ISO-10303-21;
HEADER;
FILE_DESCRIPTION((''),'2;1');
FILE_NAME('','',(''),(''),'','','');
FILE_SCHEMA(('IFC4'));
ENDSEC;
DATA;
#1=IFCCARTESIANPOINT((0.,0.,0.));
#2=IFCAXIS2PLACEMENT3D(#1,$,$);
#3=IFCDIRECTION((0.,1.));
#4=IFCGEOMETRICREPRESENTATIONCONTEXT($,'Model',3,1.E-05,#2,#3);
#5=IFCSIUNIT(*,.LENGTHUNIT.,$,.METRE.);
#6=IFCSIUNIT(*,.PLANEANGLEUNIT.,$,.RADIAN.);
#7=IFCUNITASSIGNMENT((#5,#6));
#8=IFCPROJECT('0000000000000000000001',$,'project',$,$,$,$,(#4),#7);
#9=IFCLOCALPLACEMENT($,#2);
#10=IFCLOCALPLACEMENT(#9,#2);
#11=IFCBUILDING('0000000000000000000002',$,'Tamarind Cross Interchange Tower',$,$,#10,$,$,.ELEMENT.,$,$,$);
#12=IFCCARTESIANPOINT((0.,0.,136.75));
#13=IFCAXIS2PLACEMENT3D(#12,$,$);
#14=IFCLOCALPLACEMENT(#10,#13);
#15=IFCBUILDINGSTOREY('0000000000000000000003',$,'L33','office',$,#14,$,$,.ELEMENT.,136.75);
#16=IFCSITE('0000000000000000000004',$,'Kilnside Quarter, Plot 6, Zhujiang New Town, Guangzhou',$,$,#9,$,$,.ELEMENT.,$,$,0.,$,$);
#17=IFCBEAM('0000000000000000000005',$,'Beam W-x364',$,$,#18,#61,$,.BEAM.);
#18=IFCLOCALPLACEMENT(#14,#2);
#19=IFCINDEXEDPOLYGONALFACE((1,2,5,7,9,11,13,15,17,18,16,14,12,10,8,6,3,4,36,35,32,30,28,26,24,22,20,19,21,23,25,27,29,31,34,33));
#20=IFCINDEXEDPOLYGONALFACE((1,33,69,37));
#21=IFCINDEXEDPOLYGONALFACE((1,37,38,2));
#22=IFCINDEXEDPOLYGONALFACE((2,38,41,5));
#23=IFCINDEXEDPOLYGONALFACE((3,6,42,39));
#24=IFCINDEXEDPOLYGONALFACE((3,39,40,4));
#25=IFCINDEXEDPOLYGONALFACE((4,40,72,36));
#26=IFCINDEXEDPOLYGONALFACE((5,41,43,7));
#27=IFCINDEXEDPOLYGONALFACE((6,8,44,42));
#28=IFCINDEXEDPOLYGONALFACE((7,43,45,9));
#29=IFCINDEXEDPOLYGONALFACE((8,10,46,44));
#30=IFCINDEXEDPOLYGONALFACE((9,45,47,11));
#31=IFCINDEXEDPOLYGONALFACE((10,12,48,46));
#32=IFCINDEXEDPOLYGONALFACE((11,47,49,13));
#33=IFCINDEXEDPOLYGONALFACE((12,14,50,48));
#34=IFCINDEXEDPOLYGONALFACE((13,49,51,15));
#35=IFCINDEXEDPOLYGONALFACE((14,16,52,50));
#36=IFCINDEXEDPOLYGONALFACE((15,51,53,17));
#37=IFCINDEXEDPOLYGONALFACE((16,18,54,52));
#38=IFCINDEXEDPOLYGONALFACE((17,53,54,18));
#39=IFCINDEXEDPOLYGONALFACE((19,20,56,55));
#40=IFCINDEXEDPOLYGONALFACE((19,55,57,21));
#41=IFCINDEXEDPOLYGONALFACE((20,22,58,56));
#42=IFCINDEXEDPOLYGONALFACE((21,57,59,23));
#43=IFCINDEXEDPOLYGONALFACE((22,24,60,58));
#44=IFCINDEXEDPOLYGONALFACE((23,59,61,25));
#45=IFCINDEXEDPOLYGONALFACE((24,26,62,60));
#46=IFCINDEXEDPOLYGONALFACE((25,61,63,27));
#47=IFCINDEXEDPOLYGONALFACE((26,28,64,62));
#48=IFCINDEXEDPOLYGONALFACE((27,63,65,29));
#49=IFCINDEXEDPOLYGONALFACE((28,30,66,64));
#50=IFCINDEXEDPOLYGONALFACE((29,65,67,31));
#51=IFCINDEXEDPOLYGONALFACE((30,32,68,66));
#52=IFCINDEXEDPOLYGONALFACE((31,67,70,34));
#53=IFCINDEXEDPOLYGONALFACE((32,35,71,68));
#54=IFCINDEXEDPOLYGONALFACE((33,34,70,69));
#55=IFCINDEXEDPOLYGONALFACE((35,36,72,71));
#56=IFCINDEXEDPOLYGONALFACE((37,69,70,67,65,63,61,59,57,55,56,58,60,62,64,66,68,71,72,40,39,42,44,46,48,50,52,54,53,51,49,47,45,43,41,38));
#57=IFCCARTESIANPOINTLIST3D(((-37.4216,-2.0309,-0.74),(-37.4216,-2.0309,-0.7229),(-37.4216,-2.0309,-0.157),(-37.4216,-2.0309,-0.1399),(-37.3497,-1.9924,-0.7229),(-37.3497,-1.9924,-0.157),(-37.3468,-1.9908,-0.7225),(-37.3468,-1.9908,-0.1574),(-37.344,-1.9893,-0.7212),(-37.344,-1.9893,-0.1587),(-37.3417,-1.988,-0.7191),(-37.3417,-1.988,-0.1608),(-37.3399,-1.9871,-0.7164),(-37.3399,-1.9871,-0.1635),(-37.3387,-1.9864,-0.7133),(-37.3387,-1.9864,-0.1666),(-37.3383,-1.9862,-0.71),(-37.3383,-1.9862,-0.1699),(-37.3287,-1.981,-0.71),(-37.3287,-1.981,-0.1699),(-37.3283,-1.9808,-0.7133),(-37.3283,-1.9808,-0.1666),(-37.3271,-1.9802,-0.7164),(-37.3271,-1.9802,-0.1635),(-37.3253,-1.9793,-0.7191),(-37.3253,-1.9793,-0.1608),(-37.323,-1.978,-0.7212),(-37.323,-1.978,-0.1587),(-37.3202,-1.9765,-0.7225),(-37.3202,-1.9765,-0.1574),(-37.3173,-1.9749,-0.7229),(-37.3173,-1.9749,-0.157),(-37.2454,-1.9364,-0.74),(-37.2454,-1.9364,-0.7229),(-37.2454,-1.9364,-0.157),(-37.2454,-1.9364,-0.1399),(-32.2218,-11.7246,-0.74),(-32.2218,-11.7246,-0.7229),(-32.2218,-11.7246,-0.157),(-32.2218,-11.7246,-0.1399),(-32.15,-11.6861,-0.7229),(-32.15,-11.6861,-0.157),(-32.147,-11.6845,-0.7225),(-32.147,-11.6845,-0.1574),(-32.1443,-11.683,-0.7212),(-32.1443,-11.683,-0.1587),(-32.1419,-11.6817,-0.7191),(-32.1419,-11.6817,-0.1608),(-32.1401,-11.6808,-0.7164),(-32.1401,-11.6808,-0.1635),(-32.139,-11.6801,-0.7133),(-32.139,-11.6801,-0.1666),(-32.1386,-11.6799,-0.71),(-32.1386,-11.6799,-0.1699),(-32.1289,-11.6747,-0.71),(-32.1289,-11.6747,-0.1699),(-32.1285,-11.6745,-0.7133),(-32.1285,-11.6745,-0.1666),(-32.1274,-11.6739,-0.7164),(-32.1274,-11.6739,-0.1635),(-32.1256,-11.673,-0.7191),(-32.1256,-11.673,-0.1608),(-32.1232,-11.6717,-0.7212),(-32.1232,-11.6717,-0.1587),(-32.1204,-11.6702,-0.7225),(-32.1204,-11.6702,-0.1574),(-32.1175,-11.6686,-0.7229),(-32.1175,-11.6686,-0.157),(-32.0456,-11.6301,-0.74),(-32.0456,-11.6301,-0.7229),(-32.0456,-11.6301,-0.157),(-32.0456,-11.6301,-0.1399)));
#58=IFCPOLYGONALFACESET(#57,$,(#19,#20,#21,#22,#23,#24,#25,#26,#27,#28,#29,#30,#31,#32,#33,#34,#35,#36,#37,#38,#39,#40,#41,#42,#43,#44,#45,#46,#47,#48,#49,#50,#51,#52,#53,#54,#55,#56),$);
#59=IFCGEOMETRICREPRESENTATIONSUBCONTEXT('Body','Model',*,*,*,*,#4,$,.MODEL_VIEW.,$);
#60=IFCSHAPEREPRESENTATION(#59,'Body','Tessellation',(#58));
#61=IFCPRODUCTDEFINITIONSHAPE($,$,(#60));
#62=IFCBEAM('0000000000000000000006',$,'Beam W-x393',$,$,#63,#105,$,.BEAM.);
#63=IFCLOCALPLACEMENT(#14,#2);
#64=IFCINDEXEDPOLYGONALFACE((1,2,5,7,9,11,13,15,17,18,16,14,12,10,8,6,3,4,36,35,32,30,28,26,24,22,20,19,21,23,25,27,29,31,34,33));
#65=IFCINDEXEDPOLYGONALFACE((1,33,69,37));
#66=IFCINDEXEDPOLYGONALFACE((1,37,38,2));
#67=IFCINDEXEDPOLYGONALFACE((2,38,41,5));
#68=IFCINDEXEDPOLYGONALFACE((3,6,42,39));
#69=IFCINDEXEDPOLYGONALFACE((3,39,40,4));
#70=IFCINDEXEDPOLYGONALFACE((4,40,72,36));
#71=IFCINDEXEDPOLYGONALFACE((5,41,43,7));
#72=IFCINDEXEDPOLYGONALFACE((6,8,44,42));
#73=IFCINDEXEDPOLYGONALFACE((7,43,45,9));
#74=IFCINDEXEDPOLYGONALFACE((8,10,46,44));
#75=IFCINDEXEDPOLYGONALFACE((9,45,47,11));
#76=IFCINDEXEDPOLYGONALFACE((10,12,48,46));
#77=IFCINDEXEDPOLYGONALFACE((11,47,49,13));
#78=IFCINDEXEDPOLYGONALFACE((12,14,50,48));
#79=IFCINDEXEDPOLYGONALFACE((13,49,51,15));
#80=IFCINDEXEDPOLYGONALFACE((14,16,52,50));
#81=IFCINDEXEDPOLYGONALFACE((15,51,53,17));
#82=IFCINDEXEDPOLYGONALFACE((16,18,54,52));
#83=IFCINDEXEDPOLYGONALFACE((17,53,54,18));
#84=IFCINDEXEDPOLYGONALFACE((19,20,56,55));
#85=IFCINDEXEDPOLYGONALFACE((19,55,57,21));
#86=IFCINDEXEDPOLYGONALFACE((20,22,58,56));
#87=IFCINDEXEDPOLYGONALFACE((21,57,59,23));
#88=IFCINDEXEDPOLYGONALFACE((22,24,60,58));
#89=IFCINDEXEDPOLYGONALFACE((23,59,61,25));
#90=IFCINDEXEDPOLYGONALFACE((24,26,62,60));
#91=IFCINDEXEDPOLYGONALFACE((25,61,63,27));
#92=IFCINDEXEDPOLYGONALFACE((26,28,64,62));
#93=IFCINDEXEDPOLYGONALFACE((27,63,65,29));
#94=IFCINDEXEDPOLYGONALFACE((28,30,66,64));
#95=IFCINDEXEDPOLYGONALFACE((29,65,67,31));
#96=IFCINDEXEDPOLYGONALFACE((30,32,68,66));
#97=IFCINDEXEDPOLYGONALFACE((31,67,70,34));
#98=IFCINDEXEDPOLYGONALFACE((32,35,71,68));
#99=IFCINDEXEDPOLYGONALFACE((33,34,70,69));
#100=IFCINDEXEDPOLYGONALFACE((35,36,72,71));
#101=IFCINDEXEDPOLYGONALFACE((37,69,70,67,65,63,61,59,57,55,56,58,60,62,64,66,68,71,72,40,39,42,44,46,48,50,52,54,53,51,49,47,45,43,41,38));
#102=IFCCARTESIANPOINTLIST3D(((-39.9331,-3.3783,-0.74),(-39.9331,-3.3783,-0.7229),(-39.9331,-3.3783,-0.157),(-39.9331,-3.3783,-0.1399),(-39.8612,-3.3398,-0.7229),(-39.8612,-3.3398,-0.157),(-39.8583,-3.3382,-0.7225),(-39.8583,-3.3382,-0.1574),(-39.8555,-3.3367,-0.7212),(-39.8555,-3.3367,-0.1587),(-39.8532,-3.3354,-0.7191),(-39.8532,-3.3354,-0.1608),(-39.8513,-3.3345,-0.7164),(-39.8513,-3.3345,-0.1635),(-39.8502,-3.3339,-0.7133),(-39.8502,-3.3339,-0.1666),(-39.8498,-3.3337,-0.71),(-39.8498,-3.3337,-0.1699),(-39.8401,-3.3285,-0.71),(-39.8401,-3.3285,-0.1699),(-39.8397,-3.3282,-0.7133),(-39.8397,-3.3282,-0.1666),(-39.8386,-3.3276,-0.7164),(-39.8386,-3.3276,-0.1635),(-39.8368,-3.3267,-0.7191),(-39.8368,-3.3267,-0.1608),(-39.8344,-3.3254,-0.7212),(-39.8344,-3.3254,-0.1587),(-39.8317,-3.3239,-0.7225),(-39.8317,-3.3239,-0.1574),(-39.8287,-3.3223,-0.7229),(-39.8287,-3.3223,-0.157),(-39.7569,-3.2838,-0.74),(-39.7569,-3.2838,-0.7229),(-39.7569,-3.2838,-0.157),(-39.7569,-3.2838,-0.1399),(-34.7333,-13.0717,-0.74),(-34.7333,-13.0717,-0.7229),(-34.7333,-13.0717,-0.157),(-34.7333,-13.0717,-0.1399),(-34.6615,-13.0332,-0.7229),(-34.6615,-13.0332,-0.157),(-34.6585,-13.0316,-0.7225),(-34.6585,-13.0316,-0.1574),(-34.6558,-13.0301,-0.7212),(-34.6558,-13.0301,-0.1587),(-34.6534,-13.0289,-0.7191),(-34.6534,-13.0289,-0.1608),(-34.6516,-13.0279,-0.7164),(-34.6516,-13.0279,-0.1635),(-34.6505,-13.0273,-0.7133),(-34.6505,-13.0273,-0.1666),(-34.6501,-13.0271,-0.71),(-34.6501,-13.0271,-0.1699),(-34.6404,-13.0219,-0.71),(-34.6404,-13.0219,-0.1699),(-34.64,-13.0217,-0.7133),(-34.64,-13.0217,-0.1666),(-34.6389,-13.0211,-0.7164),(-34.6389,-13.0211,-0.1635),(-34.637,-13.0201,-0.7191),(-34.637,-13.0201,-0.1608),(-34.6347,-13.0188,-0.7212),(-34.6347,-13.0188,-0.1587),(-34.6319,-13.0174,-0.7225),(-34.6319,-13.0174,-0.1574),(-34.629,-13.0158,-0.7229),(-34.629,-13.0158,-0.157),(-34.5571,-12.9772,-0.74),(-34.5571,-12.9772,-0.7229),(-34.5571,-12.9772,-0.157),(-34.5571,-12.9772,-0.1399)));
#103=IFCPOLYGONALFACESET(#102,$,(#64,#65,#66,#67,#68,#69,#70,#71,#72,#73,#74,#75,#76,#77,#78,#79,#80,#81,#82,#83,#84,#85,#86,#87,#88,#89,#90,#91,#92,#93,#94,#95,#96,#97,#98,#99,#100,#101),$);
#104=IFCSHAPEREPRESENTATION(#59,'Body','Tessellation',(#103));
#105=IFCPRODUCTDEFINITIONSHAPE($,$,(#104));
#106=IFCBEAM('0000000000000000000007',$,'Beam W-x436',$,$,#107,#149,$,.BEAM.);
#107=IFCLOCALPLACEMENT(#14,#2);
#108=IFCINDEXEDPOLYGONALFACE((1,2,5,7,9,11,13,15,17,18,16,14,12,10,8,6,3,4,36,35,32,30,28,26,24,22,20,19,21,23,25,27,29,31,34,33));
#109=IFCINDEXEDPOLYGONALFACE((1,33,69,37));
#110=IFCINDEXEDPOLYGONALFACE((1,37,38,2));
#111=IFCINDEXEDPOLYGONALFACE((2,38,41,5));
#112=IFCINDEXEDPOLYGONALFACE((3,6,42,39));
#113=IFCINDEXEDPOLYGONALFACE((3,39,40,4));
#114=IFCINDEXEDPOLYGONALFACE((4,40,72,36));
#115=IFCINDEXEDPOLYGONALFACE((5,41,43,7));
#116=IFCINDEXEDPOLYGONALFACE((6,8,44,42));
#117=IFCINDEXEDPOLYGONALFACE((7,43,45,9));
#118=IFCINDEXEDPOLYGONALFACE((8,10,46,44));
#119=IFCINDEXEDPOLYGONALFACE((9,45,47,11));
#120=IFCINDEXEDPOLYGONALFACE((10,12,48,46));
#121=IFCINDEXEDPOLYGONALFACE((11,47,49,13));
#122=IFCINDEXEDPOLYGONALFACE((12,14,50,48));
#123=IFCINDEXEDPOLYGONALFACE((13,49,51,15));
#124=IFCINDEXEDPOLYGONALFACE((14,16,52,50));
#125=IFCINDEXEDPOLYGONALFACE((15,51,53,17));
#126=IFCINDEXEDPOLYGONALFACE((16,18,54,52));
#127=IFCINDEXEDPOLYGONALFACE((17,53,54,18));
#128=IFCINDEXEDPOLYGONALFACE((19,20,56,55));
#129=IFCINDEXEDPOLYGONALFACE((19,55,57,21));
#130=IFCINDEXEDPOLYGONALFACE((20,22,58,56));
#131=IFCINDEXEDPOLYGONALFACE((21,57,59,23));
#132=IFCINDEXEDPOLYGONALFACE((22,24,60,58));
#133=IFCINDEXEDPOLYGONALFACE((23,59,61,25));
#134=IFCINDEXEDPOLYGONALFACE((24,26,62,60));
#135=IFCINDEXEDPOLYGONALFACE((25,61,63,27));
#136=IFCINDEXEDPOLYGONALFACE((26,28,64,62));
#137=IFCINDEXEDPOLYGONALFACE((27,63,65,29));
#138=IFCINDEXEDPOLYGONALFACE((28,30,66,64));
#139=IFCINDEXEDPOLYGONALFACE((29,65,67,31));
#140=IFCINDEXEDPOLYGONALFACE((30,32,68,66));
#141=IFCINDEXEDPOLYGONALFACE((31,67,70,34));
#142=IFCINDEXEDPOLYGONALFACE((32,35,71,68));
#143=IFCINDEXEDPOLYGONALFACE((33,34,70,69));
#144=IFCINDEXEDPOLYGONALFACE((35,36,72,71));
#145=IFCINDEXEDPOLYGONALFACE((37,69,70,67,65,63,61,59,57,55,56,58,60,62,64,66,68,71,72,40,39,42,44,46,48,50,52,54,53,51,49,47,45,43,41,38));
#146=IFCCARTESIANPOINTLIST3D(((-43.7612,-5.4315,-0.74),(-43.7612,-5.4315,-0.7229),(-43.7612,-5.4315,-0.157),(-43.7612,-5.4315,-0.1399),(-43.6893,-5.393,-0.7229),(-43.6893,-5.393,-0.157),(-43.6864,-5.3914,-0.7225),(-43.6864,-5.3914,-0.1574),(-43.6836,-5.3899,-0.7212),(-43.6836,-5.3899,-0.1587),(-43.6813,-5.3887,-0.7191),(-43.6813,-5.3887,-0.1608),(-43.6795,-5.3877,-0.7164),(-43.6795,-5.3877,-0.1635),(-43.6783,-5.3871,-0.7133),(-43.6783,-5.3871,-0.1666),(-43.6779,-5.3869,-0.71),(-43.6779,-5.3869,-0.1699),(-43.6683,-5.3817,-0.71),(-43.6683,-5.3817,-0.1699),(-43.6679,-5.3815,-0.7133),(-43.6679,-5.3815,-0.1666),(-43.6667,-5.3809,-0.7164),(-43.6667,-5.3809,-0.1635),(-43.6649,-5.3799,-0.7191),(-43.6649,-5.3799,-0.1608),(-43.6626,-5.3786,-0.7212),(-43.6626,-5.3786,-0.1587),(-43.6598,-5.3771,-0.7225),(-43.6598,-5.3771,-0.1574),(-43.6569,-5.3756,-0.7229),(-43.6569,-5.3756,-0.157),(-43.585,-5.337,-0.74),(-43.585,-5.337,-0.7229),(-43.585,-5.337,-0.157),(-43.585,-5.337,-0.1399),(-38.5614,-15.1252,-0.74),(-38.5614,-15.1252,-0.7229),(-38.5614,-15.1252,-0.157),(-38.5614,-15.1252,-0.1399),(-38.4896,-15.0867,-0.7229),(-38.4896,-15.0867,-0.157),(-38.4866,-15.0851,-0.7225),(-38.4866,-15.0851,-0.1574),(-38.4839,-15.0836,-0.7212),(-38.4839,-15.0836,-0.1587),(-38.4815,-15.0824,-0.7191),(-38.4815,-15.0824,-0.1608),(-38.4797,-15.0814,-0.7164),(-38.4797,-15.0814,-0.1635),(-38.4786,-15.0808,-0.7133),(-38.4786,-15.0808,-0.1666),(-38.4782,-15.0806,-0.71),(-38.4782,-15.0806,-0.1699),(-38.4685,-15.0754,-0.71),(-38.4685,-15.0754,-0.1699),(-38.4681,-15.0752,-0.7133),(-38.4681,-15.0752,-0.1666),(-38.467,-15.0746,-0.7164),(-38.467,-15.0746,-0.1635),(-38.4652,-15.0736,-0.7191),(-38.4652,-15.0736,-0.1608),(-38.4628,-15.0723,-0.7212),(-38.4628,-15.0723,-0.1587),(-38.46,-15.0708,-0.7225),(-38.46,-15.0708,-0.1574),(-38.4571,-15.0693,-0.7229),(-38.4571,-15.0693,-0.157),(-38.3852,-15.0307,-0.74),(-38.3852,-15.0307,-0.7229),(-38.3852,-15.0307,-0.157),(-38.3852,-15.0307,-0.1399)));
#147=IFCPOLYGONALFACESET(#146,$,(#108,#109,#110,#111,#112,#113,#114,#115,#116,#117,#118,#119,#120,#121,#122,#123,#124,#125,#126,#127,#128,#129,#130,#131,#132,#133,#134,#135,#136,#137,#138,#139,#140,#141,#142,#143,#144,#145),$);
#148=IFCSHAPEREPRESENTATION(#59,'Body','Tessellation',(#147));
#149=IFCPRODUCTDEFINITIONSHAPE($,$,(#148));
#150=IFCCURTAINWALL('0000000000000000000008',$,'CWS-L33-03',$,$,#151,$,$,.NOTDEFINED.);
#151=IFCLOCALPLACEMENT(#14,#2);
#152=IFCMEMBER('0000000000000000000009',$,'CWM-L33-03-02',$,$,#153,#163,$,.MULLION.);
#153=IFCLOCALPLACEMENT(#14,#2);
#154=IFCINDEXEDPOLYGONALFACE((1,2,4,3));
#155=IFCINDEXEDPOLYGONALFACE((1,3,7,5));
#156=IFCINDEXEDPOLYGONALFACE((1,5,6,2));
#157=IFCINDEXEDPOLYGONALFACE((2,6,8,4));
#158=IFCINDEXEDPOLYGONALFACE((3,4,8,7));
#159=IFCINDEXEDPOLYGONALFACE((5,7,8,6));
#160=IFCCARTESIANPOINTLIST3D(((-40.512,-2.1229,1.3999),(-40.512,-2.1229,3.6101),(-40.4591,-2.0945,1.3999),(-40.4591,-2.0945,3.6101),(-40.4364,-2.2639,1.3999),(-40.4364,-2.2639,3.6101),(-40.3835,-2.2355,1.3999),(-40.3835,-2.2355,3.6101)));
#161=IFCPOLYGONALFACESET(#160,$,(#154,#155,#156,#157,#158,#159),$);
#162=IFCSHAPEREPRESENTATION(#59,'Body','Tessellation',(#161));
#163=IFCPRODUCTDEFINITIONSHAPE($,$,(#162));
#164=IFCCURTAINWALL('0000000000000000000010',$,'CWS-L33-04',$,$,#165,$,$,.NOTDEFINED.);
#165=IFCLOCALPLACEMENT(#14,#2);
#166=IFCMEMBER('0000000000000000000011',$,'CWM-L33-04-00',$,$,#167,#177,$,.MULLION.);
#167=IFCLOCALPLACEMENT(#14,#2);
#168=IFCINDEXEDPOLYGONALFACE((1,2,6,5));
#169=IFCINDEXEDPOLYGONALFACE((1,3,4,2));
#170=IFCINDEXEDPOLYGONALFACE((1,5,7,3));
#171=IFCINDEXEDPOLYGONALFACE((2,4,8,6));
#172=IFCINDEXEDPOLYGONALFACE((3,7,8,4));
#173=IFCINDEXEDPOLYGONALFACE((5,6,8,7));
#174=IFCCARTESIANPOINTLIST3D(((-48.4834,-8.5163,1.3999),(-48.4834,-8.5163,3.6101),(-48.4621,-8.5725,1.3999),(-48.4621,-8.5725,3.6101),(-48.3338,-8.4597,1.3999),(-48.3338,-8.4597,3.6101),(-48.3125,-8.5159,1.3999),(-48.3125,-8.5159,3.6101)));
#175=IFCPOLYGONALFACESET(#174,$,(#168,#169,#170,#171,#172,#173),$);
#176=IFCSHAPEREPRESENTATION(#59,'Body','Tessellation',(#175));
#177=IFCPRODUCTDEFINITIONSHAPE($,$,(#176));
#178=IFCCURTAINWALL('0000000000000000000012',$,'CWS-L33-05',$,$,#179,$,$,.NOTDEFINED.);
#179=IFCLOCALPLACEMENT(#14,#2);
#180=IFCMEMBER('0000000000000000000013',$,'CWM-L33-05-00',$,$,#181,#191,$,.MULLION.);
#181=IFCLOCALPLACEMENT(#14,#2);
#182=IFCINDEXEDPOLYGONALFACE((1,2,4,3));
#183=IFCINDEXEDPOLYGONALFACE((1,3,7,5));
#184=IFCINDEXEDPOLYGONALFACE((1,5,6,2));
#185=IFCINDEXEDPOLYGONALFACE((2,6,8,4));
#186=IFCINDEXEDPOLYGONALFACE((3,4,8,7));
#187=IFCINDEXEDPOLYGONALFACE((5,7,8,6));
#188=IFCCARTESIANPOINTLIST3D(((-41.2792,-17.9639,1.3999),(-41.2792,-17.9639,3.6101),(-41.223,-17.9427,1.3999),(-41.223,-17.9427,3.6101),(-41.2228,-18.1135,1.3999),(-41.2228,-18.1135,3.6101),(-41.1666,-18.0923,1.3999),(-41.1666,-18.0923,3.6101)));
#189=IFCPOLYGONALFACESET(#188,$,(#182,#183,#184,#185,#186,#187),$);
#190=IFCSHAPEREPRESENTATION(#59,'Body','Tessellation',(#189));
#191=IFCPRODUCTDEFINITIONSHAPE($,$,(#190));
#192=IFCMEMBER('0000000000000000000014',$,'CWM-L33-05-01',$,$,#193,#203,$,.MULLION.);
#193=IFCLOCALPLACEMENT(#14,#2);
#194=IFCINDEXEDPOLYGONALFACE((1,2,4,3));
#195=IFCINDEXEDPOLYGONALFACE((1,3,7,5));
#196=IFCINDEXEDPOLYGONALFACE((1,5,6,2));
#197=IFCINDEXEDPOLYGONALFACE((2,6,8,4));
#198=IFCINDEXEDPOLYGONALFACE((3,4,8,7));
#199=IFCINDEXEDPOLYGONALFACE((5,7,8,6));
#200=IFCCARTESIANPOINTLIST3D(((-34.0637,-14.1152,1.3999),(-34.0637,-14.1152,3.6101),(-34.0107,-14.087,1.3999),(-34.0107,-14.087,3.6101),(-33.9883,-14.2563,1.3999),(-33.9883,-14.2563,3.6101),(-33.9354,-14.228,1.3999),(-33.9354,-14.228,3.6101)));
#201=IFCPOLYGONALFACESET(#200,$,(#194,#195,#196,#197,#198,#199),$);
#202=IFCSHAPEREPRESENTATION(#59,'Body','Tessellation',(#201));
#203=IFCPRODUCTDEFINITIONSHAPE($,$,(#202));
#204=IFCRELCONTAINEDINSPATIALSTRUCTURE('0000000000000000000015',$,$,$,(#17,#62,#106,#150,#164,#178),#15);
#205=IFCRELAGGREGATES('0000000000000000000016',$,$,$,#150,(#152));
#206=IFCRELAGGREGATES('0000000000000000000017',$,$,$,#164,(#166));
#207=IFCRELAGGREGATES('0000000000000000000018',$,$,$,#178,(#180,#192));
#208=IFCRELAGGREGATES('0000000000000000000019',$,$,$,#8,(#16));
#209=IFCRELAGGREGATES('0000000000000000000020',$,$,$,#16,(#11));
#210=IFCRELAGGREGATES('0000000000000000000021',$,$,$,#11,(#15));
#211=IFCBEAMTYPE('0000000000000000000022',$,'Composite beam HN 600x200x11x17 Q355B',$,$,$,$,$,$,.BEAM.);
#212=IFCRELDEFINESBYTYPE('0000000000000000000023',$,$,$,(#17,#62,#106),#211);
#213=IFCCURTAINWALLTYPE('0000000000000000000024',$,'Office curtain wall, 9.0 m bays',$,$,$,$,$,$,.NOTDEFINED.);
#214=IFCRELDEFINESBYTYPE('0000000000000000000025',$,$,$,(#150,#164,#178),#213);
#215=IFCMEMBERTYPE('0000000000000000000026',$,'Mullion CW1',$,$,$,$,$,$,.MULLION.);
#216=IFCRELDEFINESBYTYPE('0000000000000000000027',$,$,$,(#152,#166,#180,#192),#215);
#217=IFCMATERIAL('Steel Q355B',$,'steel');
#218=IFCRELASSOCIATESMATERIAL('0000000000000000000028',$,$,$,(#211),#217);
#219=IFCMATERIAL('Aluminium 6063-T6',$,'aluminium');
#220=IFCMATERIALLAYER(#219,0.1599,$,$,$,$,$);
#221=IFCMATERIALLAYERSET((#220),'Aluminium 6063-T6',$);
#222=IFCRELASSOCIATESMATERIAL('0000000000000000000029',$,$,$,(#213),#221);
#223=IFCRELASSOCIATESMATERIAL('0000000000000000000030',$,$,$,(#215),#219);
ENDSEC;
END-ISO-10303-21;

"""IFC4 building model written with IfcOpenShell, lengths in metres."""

from ifc_helpers import new_model, si_unit, direction, frame, origin, origin_2d, place, context, subcontext, project, spatial, rectangle, i_section, extrude, material, layer, layer_set, material_profile, profile_set, type_object, element, aggregate, save


model = new_model("IFC4")

# Units and contexts
model_context = context("Model", 3, precision=1e-05, world=origin(), true_north=direction((0.0, 1.0)))
body_context = subcontext(model_context, "Body", "Model", "MODEL_VIEW")
ifc_project = project(units=[si_unit("LENGTHUNIT", "METRE"), si_unit("PLANEANGLEUNIT", "RADIAN")], contexts=[model_context])

# Site, building, storey
site_placement = place(None, origin())
site = spatial("IfcSite", under=ifc_project, at=site_placement, Name="Kilnside Quarter, Plot 6, Zhujiang New Town, Guangzhou", CompositionType="ELEMENT", RefElevation=0.0)
building_placement = place(site_placement, origin())
building = spatial("IfcBuilding", under=site, at=building_placement, Name="Tamarind Cross Interchange Tower", CompositionType="ELEMENT")
storey_placement = place(building_placement, frame((0.0, 0.0, 136.75)))
storey = spatial("IfcBuildingStorey", under=building, at=storey_placement, Name="L33", Description="office", CompositionType="ELEMENT", Elevation=136.75)

# Beams
ifc_material_1 = material(Name="Steel Q355B", Category="steel")
ifc_material_profile_1 = material_profile(ifc_material_1, i_section(OverallWidth=0.2, OverallDepth=0.6001, WebThickness=0.011, FlangeThickness=0.0171, FilletRadius=0.0129, at=origin_2d()), Name="HN 600x200x11x17")
ifc_profile_set_1 = profile_set([ifc_material_profile_1], Name="Steel Q355B")
beam_type_1 = type_object("IfcBeamType", Name="Composite beam HN 600x200x11x17 Q355B", PredefinedType="BEAM", material=ifc_profile_set_1)
beam_1_placement = place(storey_placement, frame((-37.3335, -1.9836, -0.4399), z_axis=(0.472695, -0.881226, 0.0), x_axis=(0.881226, 0.472695, 0.0)))
element("IfcBeam", 1, at=beam_1_placement, inside=storey, type_object=beam_type_1, Name="Beam W-x364", PredefinedType="BEAM", context=body_context, shape_type="SweptSolid", body=[
    extrude(i_section(OverallWidth=0.2, OverallDepth=0.6001, WebThickness=0.011, FlangeThickness=0.0171, FilletRadius=0.0129, at=origin_2d()), origin(), (0.0, 0.0, 1.0), 11.0002),
])
beam_2_placement = place(storey_placement, frame((-39.845, -3.3311, -0.4399), z_axis=(0.472704, -0.881221, 0.0), x_axis=(0.881221, 0.472704, 0.0)))
element("IfcBeam", 2, at=beam_2_placement, inside=storey, type_object=beam_type_1, Name="Beam W-x393", PredefinedType="BEAM", context=body_context, shape_type="SweptSolid", body=[
    extrude(i_section(OverallWidth=0.2, OverallDepth=0.6001, WebThickness=0.011, FlangeThickness=0.0171, FilletRadius=0.0129, at=origin_2d()), origin(), (0.0, 0.0, 1.0), 11.0),
])
beam_3_placement = place(storey_placement, frame((-43.6731, -5.3843, -0.4399), z_axis=(0.472695, -0.881226, 0.0), x_axis=(0.881226, 0.472695, 0.0)))
element("IfcBeam", 3, at=beam_3_placement, inside=storey, type_object=beam_type_1, Name="Beam W-x436", PredefinedType="BEAM", context=body_context, shape_type="SweptSolid", body=[
    extrude(i_section(OverallWidth=0.2, OverallDepth=0.6001, WebThickness=0.011, FlangeThickness=0.0171, FilletRadius=0.0129, at=origin_2d()), origin(), (0.0, 0.0, 1.0), 11.0002),
])

# Curtain walls, members
ifc_material_2 = material(Name="Aluminium 6063-T6", Category="aluminium")
ifc_layer_1 = layer(ifc_material_2, 0.1599)
ifc_layer_set_1 = layer_set([ifc_layer_1], Name="Aluminium 6063-T6")
curtain_wall_type = type_object("IfcCurtainWallType", Name="Office curtain wall, 9.0 m bays", PredefinedType="NOTDEFINED", material=ifc_layer_set_1)
curtain_wall_1_placement = place(storey_placement, origin())
curtain_wall_1 = element("IfcCurtainWall", 4, at=curtain_wall_1_placement, inside=storey, type_object=curtain_wall_type, Name="CWS-L33-03", PredefinedType="NOTDEFINED")
ifc_material_profile_2 = material_profile(ifc_material_2, rectangle(XDim=0.0601, YDim=0.1599, at=origin_2d()), Name="Mullion CW1")
ifc_profile_set_2 = profile_set([ifc_material_profile_2], Name="Aluminium 6063-T6")
member_type = type_object("IfcMemberType", Name="Mullion CW1", PredefinedType="MULLION", material=ifc_profile_set_2)
member_1_placement = place(storey_placement, frame((-40.4478, -2.1792, 1.3999), z_axis=(0.0, 0.0, 1.0), x_axis=(-0.881224, -0.472698, 0.0)))
member_1 = element("IfcMember", 5, at=member_1_placement, type_object=member_type, Name="CWM-L33-03-02", PredefinedType="MULLION", context=body_context, shape_type="SweptSolid", body=[
    extrude(rectangle(XDim=0.0601, YDim=0.1599, at=origin_2d()), origin(), (0.0, 0.0, 1.0), 2.2102),
])
aggregate(curtain_wall_1, [member_1])
curtain_wall_2_placement = place(storey_placement, origin())
curtain_wall_2 = element("IfcCurtainWall", 6, at=curtain_wall_2_placement, inside=storey, type_object=curtain_wall_type, Name="CWS-L33-04", PredefinedType="NOTDEFINED")
member_2_placement = place(storey_placement, frame((-48.3979, -8.5161, 1.3999), z_axis=(0.0, 0.0, 1.0), x_axis=(0.353632, -0.935385, 0.0)))
member_2 = element("IfcMember", 7, at=member_2_placement, type_object=member_type, Name="CWM-L33-04-00", PredefinedType="MULLION", context=body_context, shape_type="SweptSolid", body=[
    extrude(rectangle(XDim=0.0601, YDim=0.1599, at=origin_2d()), origin(), (0.0, 0.0, 1.0), 2.2102),
])
aggregate(curtain_wall_2, [member_2])

# Curtain wall, members
curtain_wall_3_placement = place(storey_placement, origin())
curtain_wall_3 = element("IfcCurtainWall", 8, at=curtain_wall_3_placement, inside=storey, type_object=curtain_wall_type, Name="CWS-L33-05", PredefinedType="NOTDEFINED")
member_3_placement = place(storey_placement, frame((-41.2229, -18.0281, 1.3999), z_axis=(0.0, 0.0, 1.0), x_axis=(0.935733, 0.352709, 0.0)))
member_3 = element("IfcMember", 9, at=member_3_placement, type_object=member_type, Name="CWM-L33-05-00", PredefinedType="MULLION", context=body_context, shape_type="SweptSolid", body=[
    extrude(rectangle(XDim=0.0601, YDim=0.1599, at=origin_2d()), origin(), (0.0, 0.0, 1.0), 2.2102),
])
member_4_placement = place(storey_placement, frame((-33.9995, -14.1716, 1.3999), z_axis=(0.0, 0.0, 1.0), x_axis=(0.882155, 0.470959, 0.0)))
member_4 = element("IfcMember", 10, at=member_4_placement, type_object=member_type, Name="CWM-L33-05-01", PredefinedType="MULLION", context=body_context, shape_type="SweptSolid", body=[
    extrude(rectangle(XDim=0.0601, YDim=0.1599, at=origin_2d()), origin(), (0.0, 0.0, 1.0), 2.2102),
])
aggregate(curtain_wall_3, [member_3, member_4])

save(model, "model.ifc")
